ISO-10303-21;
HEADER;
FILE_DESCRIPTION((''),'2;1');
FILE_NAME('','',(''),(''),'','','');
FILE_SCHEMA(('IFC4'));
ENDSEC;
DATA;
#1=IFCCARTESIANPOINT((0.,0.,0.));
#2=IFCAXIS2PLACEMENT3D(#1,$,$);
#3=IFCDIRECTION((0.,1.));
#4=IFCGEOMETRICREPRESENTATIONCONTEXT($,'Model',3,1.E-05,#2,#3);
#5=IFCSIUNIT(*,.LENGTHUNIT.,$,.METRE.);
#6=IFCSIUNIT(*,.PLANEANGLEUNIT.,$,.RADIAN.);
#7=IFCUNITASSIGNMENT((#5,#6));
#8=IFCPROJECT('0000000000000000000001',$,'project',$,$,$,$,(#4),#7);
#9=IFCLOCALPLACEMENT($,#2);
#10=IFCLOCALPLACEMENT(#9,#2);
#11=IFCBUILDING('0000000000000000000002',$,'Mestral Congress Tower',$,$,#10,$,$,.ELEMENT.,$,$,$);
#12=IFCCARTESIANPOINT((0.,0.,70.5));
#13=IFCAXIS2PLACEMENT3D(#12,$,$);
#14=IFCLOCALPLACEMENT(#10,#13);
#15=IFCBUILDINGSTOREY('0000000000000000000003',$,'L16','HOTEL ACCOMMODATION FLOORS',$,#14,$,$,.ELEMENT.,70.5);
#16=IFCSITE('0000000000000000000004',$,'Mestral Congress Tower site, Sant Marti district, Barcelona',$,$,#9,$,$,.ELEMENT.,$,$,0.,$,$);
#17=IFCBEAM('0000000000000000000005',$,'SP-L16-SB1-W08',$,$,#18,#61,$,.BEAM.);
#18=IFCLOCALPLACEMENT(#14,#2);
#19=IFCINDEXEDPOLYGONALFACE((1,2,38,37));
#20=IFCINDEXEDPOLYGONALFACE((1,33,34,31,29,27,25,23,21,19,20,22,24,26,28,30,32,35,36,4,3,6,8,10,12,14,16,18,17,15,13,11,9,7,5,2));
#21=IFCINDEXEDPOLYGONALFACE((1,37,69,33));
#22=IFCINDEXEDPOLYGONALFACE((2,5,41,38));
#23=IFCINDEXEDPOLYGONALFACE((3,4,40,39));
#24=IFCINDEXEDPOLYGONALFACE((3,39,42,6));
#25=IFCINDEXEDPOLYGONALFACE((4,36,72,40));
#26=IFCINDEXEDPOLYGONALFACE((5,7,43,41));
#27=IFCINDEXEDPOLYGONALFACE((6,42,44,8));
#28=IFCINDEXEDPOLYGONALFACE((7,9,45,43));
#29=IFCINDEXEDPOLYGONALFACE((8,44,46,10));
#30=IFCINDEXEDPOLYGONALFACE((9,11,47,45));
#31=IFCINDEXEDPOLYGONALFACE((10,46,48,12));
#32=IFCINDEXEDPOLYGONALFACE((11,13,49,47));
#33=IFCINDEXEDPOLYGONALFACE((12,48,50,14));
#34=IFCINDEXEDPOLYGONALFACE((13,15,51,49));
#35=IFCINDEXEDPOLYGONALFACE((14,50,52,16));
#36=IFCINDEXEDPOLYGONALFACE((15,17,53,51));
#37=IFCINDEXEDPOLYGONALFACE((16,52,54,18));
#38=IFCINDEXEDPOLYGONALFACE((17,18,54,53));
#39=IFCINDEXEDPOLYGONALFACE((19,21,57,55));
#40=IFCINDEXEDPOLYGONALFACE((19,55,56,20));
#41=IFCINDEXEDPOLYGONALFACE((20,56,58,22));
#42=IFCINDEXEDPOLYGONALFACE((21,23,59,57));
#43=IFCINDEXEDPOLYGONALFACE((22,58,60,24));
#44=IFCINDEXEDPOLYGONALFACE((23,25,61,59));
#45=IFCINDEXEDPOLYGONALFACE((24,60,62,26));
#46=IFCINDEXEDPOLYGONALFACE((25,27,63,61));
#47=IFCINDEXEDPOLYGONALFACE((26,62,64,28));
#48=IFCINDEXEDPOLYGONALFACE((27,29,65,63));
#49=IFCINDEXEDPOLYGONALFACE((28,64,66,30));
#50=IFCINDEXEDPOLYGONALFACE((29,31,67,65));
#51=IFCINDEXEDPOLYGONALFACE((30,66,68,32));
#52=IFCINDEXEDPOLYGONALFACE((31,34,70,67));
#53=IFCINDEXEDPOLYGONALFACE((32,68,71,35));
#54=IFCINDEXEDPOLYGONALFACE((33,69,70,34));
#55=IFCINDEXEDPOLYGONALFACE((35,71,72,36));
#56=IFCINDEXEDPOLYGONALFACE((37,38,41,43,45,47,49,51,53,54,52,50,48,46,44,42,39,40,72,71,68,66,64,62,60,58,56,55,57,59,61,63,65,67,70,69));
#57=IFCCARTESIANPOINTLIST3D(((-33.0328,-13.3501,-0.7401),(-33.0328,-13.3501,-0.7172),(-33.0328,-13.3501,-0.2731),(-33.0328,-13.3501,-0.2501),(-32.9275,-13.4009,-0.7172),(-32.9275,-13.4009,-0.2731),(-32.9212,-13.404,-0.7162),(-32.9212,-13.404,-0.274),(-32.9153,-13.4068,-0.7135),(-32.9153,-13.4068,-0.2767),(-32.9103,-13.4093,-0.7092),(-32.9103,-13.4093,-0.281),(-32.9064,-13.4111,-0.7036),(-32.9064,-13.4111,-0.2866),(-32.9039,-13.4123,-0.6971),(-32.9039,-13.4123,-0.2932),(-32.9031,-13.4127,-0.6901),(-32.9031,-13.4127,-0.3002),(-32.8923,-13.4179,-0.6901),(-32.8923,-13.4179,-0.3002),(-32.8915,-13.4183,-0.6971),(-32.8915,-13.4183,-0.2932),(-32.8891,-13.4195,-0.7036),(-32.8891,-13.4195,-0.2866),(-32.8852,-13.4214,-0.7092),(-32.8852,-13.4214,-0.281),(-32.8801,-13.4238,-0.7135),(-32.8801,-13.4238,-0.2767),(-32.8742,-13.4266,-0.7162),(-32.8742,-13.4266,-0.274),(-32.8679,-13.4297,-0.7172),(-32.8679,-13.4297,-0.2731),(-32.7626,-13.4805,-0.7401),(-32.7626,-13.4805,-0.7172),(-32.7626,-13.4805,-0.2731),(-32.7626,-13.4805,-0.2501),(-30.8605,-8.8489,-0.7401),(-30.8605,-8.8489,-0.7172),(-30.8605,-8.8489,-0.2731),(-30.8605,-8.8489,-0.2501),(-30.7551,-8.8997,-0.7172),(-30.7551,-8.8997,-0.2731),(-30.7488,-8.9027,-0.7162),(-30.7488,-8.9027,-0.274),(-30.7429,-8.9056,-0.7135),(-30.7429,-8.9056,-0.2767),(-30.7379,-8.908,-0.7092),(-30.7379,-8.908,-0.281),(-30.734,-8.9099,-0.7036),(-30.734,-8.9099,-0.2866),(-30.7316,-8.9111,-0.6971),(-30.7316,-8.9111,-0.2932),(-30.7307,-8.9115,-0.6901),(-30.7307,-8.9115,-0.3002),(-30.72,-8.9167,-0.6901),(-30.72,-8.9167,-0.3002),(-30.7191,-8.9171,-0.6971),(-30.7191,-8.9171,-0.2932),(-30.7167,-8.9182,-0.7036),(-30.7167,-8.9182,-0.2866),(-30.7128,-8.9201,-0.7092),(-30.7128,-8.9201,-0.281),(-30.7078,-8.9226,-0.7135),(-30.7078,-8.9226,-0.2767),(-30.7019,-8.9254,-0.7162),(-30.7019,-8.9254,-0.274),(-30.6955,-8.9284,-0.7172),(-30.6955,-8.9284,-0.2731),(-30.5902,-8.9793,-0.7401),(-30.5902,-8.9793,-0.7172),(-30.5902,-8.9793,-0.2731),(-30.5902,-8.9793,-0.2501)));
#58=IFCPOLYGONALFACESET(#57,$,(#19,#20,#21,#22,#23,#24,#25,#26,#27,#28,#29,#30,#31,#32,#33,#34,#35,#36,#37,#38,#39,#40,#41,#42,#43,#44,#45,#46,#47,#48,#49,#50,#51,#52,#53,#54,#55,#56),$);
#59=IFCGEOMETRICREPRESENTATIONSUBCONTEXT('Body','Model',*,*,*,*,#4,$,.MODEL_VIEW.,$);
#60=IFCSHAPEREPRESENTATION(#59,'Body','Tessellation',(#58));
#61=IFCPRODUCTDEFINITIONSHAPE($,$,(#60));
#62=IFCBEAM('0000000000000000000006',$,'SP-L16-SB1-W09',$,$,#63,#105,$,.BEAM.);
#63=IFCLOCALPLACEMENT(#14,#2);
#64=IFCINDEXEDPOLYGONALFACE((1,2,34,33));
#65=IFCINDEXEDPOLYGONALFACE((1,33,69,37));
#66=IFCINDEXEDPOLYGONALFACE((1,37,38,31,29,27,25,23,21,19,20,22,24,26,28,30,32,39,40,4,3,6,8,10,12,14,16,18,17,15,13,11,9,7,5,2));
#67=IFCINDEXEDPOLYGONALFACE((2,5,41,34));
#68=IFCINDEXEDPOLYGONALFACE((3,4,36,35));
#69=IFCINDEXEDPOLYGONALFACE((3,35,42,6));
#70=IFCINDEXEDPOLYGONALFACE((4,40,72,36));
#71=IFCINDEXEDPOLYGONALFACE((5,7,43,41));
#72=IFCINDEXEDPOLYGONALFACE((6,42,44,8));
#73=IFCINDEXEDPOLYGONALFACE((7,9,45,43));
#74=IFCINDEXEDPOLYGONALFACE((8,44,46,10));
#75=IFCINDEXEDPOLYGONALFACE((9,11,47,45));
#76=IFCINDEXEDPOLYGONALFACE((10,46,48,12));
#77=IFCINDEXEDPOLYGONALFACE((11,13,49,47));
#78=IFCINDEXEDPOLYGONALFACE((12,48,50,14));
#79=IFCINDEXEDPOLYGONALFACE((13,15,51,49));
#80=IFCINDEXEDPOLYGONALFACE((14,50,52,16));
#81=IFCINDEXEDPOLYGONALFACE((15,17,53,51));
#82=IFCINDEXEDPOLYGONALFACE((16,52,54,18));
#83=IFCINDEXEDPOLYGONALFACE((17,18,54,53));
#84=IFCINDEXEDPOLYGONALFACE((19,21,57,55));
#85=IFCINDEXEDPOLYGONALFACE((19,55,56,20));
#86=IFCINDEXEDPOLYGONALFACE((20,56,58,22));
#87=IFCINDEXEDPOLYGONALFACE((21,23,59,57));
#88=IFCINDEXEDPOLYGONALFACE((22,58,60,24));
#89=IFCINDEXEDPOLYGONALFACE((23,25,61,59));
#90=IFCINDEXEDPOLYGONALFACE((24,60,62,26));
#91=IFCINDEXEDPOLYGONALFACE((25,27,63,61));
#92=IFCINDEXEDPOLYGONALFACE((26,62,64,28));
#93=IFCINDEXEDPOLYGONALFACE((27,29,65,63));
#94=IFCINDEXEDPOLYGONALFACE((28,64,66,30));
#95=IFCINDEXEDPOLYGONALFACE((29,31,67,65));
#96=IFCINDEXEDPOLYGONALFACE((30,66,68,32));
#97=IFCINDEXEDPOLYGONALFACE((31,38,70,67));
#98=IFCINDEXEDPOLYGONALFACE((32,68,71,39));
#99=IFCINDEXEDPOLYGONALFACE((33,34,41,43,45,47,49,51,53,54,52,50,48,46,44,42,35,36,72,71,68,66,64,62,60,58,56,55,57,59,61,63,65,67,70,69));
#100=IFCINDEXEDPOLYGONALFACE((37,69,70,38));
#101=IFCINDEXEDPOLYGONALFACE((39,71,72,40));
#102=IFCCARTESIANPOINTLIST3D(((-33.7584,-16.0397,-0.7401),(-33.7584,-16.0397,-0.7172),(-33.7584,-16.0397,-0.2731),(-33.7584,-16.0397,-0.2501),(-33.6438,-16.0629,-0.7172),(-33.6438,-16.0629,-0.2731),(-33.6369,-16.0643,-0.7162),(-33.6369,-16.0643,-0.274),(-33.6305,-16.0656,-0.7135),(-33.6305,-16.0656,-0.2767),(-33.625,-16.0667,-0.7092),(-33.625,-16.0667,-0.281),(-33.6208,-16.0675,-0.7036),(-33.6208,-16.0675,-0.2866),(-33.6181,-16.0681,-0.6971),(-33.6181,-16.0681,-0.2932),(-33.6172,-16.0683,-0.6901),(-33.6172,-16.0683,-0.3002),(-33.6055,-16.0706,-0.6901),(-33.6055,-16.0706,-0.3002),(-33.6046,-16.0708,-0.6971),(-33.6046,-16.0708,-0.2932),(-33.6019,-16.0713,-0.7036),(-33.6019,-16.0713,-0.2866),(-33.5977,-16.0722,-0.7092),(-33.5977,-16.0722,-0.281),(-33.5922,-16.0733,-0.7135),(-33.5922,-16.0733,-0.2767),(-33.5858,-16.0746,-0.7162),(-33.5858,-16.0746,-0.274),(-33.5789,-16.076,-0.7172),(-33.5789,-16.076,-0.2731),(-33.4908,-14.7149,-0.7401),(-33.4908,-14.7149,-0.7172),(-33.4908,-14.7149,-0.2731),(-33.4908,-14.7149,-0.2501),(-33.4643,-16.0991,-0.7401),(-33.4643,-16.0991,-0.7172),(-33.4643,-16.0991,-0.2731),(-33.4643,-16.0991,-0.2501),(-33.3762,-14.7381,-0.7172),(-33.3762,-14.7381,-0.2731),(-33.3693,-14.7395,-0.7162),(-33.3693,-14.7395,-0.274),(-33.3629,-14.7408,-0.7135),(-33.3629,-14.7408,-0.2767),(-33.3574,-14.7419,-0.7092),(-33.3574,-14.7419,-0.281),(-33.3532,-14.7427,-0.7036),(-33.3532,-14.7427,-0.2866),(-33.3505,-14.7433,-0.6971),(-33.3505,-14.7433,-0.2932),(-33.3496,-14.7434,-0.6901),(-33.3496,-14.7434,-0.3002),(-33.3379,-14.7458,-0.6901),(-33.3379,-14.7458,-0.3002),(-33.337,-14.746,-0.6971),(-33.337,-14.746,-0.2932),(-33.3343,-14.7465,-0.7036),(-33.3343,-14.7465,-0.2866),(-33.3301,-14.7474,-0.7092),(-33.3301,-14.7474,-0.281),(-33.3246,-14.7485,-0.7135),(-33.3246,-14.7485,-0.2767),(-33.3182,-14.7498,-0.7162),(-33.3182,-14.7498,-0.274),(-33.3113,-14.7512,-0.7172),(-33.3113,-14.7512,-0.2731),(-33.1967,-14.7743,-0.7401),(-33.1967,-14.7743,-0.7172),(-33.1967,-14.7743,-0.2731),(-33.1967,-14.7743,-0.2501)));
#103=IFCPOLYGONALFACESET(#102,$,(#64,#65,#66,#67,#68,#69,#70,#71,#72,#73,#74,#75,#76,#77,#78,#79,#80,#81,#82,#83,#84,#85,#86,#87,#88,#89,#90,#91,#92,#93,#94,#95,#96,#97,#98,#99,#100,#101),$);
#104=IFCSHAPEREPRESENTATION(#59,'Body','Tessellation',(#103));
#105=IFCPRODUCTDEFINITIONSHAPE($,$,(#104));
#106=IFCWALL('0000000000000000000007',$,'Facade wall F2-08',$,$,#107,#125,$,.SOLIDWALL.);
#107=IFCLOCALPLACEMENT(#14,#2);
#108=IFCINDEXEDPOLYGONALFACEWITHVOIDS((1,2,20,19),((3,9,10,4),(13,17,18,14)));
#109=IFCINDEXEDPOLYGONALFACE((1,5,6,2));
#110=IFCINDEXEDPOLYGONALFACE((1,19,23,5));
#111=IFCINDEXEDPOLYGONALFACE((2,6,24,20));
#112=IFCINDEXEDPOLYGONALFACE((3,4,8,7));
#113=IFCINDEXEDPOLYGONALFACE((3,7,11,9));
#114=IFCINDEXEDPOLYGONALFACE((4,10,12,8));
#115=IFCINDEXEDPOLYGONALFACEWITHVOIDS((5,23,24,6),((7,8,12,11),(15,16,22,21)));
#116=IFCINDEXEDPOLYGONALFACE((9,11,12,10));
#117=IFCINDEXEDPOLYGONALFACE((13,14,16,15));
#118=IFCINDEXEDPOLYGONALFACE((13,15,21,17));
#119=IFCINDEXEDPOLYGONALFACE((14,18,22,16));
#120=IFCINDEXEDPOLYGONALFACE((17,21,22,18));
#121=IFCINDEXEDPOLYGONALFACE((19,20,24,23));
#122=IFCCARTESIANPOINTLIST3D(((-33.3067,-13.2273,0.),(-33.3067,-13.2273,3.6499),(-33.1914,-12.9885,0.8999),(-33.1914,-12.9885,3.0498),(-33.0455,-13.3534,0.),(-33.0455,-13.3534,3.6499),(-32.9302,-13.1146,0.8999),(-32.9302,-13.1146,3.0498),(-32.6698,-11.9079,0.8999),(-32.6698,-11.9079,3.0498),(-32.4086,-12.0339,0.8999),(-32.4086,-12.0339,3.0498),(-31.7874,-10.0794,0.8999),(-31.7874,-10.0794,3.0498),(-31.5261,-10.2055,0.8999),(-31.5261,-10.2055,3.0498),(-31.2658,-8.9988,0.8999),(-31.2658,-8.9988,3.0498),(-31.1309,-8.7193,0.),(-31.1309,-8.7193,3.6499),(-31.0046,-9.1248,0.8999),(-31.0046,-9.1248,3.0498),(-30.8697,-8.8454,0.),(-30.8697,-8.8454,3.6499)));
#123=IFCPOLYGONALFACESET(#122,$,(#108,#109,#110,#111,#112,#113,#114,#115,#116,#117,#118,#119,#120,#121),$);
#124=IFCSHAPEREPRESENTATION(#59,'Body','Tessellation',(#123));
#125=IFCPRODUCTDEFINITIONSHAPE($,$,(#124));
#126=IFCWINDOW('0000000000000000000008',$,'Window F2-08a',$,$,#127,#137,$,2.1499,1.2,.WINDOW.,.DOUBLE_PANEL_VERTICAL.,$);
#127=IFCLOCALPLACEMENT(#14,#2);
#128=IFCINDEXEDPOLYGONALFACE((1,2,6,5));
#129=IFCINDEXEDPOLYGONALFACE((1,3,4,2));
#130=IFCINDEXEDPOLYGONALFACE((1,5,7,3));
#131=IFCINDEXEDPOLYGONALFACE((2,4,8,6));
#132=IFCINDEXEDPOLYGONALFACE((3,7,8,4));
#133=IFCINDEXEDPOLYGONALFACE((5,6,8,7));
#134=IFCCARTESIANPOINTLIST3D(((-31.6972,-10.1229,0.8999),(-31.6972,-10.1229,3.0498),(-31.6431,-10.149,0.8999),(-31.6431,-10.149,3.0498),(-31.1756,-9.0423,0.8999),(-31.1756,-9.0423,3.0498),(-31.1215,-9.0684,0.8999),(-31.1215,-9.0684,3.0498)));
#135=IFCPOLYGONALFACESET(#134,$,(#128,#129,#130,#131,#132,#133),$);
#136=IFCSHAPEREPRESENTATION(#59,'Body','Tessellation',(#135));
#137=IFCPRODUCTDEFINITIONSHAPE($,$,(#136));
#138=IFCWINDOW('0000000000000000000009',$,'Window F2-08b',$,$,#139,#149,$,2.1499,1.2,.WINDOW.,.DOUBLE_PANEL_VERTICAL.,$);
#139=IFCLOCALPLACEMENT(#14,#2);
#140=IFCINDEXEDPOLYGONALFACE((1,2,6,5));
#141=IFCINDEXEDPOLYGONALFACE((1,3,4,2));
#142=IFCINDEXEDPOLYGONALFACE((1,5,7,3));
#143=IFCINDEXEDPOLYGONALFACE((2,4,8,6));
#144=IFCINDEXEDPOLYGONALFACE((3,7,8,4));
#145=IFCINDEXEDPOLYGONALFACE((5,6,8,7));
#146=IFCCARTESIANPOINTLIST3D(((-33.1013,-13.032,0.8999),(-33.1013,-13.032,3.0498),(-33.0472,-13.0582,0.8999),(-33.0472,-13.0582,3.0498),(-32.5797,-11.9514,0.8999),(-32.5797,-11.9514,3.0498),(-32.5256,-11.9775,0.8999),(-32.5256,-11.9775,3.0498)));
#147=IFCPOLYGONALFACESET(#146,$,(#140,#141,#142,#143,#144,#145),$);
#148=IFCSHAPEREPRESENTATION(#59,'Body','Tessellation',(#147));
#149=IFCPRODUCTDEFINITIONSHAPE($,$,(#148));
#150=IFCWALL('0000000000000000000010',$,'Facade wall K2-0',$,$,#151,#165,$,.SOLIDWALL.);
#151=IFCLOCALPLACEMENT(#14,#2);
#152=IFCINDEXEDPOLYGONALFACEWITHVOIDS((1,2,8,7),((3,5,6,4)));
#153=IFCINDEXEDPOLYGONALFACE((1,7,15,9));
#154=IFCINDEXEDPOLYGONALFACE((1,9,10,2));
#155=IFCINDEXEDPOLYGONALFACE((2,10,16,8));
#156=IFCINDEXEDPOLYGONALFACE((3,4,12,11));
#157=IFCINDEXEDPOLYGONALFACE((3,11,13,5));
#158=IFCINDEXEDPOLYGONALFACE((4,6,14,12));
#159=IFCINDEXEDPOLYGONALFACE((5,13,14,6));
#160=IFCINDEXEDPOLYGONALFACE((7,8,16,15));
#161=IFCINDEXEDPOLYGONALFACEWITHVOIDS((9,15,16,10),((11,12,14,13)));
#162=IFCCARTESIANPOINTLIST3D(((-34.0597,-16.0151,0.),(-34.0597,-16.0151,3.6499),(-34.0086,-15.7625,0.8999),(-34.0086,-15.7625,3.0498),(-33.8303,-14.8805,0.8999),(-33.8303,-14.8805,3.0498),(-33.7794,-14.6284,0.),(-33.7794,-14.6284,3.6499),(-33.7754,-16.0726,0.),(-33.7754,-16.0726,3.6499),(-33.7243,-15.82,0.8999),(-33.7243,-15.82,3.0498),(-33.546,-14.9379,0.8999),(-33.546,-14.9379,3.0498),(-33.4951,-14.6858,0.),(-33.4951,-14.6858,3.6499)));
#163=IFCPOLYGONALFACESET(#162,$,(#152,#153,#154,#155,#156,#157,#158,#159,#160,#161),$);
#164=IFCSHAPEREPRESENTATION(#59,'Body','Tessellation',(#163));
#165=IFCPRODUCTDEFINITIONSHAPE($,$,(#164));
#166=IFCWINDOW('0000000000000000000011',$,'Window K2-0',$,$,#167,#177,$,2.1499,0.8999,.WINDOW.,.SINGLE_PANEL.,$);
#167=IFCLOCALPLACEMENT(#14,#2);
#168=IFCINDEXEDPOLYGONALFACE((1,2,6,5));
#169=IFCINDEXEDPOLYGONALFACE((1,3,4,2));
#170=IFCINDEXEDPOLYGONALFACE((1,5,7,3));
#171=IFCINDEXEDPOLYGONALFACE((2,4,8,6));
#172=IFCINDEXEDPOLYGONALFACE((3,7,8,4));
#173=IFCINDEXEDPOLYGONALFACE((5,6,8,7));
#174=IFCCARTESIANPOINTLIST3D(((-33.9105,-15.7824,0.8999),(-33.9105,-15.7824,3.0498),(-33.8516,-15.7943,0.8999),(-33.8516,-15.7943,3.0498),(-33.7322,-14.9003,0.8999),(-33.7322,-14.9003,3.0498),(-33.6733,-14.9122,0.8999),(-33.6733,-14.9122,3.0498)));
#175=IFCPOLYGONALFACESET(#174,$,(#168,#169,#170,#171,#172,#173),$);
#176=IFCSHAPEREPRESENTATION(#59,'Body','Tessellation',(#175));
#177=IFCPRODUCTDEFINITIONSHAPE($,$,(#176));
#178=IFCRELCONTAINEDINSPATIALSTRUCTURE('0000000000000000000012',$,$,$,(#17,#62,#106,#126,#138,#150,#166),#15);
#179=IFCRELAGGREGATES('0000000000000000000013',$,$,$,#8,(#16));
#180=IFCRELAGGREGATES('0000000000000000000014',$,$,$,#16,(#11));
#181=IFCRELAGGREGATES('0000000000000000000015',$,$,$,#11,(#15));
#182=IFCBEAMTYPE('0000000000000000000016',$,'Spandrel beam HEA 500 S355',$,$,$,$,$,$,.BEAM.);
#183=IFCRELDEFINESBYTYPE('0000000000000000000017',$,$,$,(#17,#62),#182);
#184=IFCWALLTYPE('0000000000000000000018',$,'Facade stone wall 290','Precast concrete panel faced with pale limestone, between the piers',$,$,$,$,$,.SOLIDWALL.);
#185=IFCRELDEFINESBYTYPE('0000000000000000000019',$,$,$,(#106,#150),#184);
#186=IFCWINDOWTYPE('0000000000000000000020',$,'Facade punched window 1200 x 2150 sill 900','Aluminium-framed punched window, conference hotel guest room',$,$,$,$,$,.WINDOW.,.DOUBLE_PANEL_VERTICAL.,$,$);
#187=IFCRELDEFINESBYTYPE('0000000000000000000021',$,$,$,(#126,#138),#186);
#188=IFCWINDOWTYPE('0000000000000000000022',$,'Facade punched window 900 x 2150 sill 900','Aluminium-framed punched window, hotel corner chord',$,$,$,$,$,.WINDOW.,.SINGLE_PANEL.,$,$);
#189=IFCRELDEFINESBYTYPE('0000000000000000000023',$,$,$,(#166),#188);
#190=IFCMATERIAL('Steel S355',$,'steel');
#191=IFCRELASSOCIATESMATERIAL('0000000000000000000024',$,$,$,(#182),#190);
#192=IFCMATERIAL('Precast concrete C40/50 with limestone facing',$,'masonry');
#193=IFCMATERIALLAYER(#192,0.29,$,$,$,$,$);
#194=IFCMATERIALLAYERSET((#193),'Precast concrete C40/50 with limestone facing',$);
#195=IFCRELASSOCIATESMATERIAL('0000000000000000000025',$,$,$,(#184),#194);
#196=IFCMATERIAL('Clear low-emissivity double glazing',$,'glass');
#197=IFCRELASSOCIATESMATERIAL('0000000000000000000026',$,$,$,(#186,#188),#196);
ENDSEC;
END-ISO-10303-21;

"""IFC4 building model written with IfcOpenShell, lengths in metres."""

from ifc_helpers import new_model, si_unit, direction, frame, frame_2d, origin, origin_2d, place, context, subcontext, project, spatial, rectangle, i_section, extrude, material, layer, layer_set, material_profile, profile_set, type_object, element, fill, save


model = new_model("IFC4")

# Units and contexts
model_context = context("Model", 3, precision=1e-05, world=origin(), true_north=direction((0.0, 1.0)))
body_context = subcontext(model_context, "Body", "Model", "MODEL_VIEW")
ifc_project = project(units=[si_unit("LENGTHUNIT", "METRE"), si_unit("PLANEANGLEUNIT", "RADIAN")], contexts=[model_context])

# Site, building, storey
site_placement = place(None, origin())
site = spatial("IfcSite", under=ifc_project, at=site_placement, Name="Mestral Congress Tower site, Sant Marti district, Barcelona", CompositionType="ELEMENT", RefElevation=0.0)
building_placement = place(site_placement, origin())
building = spatial("IfcBuilding", under=site, at=building_placement, Name="Mestral Congress Tower", CompositionType="ELEMENT")
storey_placement = place(building_placement, frame((0.0, 0.0, 70.5)))
storey = spatial("IfcBuildingStorey", under=building, at=storey_placement, Name="L16", Description="HOTEL ACCOMMODATION FLOORS", CompositionType="ELEMENT", Elevation=70.5)

# Beams
ifc_material_1 = material(Name="Steel S355", Category="steel")
ifc_material_profile_1 = material_profile(ifc_material_1, i_section(OverallWidth=0.3, OverallDepth=0.49, WebThickness=0.012, FlangeThickness=0.0229, FilletRadius=0.0271, at=origin_2d()), Name="HEA 500")
ifc_profile_set_1 = profile_set([ifc_material_profile_1], Name="Steel S355")
beam_type_1 = type_object("IfcBeamType", Name="Spandrel beam HEA 500 S355", PredefinedType="BEAM", material=ifc_profile_set_1)
beam_1_placement = place(storey_placement, frame((-30.7253, -8.9141, -0.4951), z_axis=(-0.434645, -0.900602, 0.0), x_axis=(0.900602, -0.434645, 0.0)))
element("IfcBeam", 1, at=beam_1_placement, inside=storey, type_object=beam_type_1, Name="SP-L16-SB1-W08", PredefinedType="BEAM", context=body_context, shape_type="SweptSolid", body=[
    extrude(i_section(OverallWidth=0.3, OverallDepth=0.49, WebThickness=0.012, FlangeThickness=0.0229, FilletRadius=0.0271, at=origin_2d()), origin(), (0.0, 0.0, 1.0), 4.998),
])
beam_2_placement = place(storey_placement, frame((-33.3438, -14.7446, -0.4951), z_axis=(-0.197992, -0.980204, 0.0), x_axis=(0.980204, -0.197992, 0.0)))
element("IfcBeam", 2, at=beam_2_placement, inside=storey, type_object=beam_type_1, Name="SP-L16-SB1-W09", PredefinedType="BEAM", context=body_context, shape_type="SweptSolid", body=[
    extrude(i_section(OverallWidth=0.3, OverallDepth=0.49, WebThickness=0.012, FlangeThickness=0.0229, FilletRadius=0.0271, at=origin_2d()), origin(), (0.0, 0.0, 1.0), 1.3516),
])

# Wall, openings, windows
ifc_material_2 = material(Name="Precast concrete C40/50 with limestone facing", Category="masonry")
ifc_layer_1 = layer(ifc_material_2, 0.29)
ifc_layer_set_1 = layer_set([ifc_layer_1], Name="Precast concrete C40/50 with limestone facing")
wall_type_1 = type_object("IfcWallType", Name="Facade stone wall 290", Description="Precast concrete panel faced with pale limestone, between the piers", PredefinedType="SOLIDWALL", material=ifc_layer_set_1)
wall_1_placement = place(storey_placement, frame((-31.0002, -8.7822, 0.0), z_axis=(0.0, 0.0, 1.0), x_axis=(-0.434664, -0.900592, 0.0)))
wall_1 = element("IfcWall", 3, at=wall_1_placement, inside=storey, type_object=wall_type_1, Name="Facade wall F2-08", PredefinedType="SOLIDWALL", context=body_context, shape_type="SweptSolid", body=[
    extrude(rectangle(XDim=5.0056, YDim=0.29, at=frame_2d((2.5029, 0.0))), origin(), (0.0, 0.0, 1.0), 3.6499),
])
opening_1_placement = place(wall_1_placement, frame((0.3103, 0.0, 0.8999)))
opening_1 = element("IfcOpeningElement", 4, at=opening_1_placement, cuts=wall_1, PredefinedType="OPENING", context=body_context, shape_type="SweptSolid", body=[
    extrude(rectangle(XDim=1.2, YDim=2.1499, at=frame_2d((0.6001, 1.075))), frame((0.0, 0.155, 0.0), z_axis=(0.0, -1.0, 0.0), x_axis=(1.0, 0.0, 0.0)), (0.0, 0.0, 1.0), 0.3101),
])
opening_2_placement = place(wall_1_placement, frame((3.5405, 0.0, 0.8999)))
opening_2 = element("IfcOpeningElement", 5, at=opening_2_placement, cuts=wall_1, PredefinedType="OPENING", context=body_context, shape_type="SweptSolid", body=[
    extrude(rectangle(XDim=1.2, YDim=2.1499, at=frame_2d((0.6001, 1.075))), frame((0.0, 0.155, 0.0), z_axis=(0.0, -1.0, 0.0), x_axis=(1.0, 0.0, 0.0)), (0.0, 0.0, 1.0), 0.3101),
])
ifc_material_3 = material(Name="Clear low-emissivity double glazing", Category="glass")
window_type_1 = type_object("IfcWindowType", Name="Facade punched window 1200 x 2150 sill 900", Description="Aluminium-framed punched window, conference hotel guest room", PartitioningType="DOUBLE_PANEL_VERTICAL", PredefinedType="WINDOW", material=ifc_material_3)
window_1_placement = place(opening_1_placement, origin())
window_1 = element("IfcWindow", 6, at=window_1_placement, inside=storey, type_object=window_type_1, Name="Window F2-08a", OverallHeight=2.1499, OverallWidth=1.2, PartitioningType="DOUBLE_PANEL_VERTICAL", PredefinedType="WINDOW", context=body_context, shape_type="SweptSolid", body=[
    extrude(rectangle(XDim=1.2, YDim=2.1499, at=frame_2d((0.6001, 1.075))), frame((0.0, 0.0151, 0.0), z_axis=(0.0, -1.0, 0.0), x_axis=(1.0, 0.0, 0.0)), (0.0, 0.0, 1.0), 0.0601),
])
fill(opening_1, window_1)
window_2_placement = place(opening_2_placement, origin())
window_2 = element("IfcWindow", 7, at=window_2_placement, inside=storey, type_object=window_type_1, Name="Window F2-08b", OverallHeight=2.1499, OverallWidth=1.2, PartitioningType="DOUBLE_PANEL_VERTICAL", PredefinedType="WINDOW", context=body_context, shape_type="SweptSolid", body=[
    extrude(rectangle(XDim=1.2, YDim=2.1499, at=frame_2d((0.6001, 1.075))), frame((0.0, 0.0151, 0.0), z_axis=(0.0, -1.0, 0.0), x_axis=(1.0, 0.0, 0.0)), (0.0, 0.0, 1.0), 0.0601),
])
fill(opening_2, window_2)

# Wall, opening, window
wall_2_placement = place(storey_placement, frame((-33.6372, -14.657, 0.0), z_axis=(0.0, 0.0, 1.0), x_axis=(-0.198107, -0.98018, 0.0)))
wall_2 = element("IfcWall", 8, at=wall_2_placement, inside=storey, type_object=wall_type_1, Name="Facade wall K2-0", PredefinedType="SOLIDWALL", context=body_context, shape_type="SweptSolid", body=[
    extrude(rectangle(XDim=1.4148, YDim=0.29, at=frame_2d((0.7075, 0.0))), origin(), (0.0, 0.0, 1.0), 3.6499),
])
opening_3_placement = place(wall_2_placement, frame((0.2573, 0.0, 0.8999)))
opening_3 = element("IfcOpeningElement", 9, at=opening_3_placement, cuts=wall_2, PredefinedType="OPENING", context=body_context, shape_type="SweptSolid", body=[
    extrude(rectangle(XDim=0.8999, YDim=2.1499, at=frame_2d((0.45, 1.075))), frame((0.0, 0.155, 0.0), z_axis=(0.0, -1.0, 0.0), x_axis=(1.0, 0.0, 0.0)), (0.0, 0.0, 1.0), 0.3101),
])
window_type_2 = type_object("IfcWindowType", Name="Facade punched window 900 x 2150 sill 900", Description="Aluminium-framed punched window, hotel corner chord", PartitioningType="SINGLE_PANEL", PredefinedType="WINDOW", material=ifc_material_3)
window_3_placement = place(opening_3_placement, origin())
window_3 = element("IfcWindow", 10, at=window_3_placement, inside=storey, type_object=window_type_2, Name="Window K2-0", OverallHeight=2.1499, OverallWidth=0.8999, PartitioningType="SINGLE_PANEL", PredefinedType="WINDOW", context=body_context, shape_type="SweptSolid", body=[
    extrude(rectangle(XDim=0.8999, YDim=2.1499, at=frame_2d((0.45, 1.075))), frame((0.0, 0.0151, 0.0), z_axis=(0.0, -1.0, 0.0), x_axis=(1.0, 0.0, 0.0)), (0.0, 0.0, 1.0), 0.0601),
])
fill(opening_3, window_3)

save(model, "model.ifc")
